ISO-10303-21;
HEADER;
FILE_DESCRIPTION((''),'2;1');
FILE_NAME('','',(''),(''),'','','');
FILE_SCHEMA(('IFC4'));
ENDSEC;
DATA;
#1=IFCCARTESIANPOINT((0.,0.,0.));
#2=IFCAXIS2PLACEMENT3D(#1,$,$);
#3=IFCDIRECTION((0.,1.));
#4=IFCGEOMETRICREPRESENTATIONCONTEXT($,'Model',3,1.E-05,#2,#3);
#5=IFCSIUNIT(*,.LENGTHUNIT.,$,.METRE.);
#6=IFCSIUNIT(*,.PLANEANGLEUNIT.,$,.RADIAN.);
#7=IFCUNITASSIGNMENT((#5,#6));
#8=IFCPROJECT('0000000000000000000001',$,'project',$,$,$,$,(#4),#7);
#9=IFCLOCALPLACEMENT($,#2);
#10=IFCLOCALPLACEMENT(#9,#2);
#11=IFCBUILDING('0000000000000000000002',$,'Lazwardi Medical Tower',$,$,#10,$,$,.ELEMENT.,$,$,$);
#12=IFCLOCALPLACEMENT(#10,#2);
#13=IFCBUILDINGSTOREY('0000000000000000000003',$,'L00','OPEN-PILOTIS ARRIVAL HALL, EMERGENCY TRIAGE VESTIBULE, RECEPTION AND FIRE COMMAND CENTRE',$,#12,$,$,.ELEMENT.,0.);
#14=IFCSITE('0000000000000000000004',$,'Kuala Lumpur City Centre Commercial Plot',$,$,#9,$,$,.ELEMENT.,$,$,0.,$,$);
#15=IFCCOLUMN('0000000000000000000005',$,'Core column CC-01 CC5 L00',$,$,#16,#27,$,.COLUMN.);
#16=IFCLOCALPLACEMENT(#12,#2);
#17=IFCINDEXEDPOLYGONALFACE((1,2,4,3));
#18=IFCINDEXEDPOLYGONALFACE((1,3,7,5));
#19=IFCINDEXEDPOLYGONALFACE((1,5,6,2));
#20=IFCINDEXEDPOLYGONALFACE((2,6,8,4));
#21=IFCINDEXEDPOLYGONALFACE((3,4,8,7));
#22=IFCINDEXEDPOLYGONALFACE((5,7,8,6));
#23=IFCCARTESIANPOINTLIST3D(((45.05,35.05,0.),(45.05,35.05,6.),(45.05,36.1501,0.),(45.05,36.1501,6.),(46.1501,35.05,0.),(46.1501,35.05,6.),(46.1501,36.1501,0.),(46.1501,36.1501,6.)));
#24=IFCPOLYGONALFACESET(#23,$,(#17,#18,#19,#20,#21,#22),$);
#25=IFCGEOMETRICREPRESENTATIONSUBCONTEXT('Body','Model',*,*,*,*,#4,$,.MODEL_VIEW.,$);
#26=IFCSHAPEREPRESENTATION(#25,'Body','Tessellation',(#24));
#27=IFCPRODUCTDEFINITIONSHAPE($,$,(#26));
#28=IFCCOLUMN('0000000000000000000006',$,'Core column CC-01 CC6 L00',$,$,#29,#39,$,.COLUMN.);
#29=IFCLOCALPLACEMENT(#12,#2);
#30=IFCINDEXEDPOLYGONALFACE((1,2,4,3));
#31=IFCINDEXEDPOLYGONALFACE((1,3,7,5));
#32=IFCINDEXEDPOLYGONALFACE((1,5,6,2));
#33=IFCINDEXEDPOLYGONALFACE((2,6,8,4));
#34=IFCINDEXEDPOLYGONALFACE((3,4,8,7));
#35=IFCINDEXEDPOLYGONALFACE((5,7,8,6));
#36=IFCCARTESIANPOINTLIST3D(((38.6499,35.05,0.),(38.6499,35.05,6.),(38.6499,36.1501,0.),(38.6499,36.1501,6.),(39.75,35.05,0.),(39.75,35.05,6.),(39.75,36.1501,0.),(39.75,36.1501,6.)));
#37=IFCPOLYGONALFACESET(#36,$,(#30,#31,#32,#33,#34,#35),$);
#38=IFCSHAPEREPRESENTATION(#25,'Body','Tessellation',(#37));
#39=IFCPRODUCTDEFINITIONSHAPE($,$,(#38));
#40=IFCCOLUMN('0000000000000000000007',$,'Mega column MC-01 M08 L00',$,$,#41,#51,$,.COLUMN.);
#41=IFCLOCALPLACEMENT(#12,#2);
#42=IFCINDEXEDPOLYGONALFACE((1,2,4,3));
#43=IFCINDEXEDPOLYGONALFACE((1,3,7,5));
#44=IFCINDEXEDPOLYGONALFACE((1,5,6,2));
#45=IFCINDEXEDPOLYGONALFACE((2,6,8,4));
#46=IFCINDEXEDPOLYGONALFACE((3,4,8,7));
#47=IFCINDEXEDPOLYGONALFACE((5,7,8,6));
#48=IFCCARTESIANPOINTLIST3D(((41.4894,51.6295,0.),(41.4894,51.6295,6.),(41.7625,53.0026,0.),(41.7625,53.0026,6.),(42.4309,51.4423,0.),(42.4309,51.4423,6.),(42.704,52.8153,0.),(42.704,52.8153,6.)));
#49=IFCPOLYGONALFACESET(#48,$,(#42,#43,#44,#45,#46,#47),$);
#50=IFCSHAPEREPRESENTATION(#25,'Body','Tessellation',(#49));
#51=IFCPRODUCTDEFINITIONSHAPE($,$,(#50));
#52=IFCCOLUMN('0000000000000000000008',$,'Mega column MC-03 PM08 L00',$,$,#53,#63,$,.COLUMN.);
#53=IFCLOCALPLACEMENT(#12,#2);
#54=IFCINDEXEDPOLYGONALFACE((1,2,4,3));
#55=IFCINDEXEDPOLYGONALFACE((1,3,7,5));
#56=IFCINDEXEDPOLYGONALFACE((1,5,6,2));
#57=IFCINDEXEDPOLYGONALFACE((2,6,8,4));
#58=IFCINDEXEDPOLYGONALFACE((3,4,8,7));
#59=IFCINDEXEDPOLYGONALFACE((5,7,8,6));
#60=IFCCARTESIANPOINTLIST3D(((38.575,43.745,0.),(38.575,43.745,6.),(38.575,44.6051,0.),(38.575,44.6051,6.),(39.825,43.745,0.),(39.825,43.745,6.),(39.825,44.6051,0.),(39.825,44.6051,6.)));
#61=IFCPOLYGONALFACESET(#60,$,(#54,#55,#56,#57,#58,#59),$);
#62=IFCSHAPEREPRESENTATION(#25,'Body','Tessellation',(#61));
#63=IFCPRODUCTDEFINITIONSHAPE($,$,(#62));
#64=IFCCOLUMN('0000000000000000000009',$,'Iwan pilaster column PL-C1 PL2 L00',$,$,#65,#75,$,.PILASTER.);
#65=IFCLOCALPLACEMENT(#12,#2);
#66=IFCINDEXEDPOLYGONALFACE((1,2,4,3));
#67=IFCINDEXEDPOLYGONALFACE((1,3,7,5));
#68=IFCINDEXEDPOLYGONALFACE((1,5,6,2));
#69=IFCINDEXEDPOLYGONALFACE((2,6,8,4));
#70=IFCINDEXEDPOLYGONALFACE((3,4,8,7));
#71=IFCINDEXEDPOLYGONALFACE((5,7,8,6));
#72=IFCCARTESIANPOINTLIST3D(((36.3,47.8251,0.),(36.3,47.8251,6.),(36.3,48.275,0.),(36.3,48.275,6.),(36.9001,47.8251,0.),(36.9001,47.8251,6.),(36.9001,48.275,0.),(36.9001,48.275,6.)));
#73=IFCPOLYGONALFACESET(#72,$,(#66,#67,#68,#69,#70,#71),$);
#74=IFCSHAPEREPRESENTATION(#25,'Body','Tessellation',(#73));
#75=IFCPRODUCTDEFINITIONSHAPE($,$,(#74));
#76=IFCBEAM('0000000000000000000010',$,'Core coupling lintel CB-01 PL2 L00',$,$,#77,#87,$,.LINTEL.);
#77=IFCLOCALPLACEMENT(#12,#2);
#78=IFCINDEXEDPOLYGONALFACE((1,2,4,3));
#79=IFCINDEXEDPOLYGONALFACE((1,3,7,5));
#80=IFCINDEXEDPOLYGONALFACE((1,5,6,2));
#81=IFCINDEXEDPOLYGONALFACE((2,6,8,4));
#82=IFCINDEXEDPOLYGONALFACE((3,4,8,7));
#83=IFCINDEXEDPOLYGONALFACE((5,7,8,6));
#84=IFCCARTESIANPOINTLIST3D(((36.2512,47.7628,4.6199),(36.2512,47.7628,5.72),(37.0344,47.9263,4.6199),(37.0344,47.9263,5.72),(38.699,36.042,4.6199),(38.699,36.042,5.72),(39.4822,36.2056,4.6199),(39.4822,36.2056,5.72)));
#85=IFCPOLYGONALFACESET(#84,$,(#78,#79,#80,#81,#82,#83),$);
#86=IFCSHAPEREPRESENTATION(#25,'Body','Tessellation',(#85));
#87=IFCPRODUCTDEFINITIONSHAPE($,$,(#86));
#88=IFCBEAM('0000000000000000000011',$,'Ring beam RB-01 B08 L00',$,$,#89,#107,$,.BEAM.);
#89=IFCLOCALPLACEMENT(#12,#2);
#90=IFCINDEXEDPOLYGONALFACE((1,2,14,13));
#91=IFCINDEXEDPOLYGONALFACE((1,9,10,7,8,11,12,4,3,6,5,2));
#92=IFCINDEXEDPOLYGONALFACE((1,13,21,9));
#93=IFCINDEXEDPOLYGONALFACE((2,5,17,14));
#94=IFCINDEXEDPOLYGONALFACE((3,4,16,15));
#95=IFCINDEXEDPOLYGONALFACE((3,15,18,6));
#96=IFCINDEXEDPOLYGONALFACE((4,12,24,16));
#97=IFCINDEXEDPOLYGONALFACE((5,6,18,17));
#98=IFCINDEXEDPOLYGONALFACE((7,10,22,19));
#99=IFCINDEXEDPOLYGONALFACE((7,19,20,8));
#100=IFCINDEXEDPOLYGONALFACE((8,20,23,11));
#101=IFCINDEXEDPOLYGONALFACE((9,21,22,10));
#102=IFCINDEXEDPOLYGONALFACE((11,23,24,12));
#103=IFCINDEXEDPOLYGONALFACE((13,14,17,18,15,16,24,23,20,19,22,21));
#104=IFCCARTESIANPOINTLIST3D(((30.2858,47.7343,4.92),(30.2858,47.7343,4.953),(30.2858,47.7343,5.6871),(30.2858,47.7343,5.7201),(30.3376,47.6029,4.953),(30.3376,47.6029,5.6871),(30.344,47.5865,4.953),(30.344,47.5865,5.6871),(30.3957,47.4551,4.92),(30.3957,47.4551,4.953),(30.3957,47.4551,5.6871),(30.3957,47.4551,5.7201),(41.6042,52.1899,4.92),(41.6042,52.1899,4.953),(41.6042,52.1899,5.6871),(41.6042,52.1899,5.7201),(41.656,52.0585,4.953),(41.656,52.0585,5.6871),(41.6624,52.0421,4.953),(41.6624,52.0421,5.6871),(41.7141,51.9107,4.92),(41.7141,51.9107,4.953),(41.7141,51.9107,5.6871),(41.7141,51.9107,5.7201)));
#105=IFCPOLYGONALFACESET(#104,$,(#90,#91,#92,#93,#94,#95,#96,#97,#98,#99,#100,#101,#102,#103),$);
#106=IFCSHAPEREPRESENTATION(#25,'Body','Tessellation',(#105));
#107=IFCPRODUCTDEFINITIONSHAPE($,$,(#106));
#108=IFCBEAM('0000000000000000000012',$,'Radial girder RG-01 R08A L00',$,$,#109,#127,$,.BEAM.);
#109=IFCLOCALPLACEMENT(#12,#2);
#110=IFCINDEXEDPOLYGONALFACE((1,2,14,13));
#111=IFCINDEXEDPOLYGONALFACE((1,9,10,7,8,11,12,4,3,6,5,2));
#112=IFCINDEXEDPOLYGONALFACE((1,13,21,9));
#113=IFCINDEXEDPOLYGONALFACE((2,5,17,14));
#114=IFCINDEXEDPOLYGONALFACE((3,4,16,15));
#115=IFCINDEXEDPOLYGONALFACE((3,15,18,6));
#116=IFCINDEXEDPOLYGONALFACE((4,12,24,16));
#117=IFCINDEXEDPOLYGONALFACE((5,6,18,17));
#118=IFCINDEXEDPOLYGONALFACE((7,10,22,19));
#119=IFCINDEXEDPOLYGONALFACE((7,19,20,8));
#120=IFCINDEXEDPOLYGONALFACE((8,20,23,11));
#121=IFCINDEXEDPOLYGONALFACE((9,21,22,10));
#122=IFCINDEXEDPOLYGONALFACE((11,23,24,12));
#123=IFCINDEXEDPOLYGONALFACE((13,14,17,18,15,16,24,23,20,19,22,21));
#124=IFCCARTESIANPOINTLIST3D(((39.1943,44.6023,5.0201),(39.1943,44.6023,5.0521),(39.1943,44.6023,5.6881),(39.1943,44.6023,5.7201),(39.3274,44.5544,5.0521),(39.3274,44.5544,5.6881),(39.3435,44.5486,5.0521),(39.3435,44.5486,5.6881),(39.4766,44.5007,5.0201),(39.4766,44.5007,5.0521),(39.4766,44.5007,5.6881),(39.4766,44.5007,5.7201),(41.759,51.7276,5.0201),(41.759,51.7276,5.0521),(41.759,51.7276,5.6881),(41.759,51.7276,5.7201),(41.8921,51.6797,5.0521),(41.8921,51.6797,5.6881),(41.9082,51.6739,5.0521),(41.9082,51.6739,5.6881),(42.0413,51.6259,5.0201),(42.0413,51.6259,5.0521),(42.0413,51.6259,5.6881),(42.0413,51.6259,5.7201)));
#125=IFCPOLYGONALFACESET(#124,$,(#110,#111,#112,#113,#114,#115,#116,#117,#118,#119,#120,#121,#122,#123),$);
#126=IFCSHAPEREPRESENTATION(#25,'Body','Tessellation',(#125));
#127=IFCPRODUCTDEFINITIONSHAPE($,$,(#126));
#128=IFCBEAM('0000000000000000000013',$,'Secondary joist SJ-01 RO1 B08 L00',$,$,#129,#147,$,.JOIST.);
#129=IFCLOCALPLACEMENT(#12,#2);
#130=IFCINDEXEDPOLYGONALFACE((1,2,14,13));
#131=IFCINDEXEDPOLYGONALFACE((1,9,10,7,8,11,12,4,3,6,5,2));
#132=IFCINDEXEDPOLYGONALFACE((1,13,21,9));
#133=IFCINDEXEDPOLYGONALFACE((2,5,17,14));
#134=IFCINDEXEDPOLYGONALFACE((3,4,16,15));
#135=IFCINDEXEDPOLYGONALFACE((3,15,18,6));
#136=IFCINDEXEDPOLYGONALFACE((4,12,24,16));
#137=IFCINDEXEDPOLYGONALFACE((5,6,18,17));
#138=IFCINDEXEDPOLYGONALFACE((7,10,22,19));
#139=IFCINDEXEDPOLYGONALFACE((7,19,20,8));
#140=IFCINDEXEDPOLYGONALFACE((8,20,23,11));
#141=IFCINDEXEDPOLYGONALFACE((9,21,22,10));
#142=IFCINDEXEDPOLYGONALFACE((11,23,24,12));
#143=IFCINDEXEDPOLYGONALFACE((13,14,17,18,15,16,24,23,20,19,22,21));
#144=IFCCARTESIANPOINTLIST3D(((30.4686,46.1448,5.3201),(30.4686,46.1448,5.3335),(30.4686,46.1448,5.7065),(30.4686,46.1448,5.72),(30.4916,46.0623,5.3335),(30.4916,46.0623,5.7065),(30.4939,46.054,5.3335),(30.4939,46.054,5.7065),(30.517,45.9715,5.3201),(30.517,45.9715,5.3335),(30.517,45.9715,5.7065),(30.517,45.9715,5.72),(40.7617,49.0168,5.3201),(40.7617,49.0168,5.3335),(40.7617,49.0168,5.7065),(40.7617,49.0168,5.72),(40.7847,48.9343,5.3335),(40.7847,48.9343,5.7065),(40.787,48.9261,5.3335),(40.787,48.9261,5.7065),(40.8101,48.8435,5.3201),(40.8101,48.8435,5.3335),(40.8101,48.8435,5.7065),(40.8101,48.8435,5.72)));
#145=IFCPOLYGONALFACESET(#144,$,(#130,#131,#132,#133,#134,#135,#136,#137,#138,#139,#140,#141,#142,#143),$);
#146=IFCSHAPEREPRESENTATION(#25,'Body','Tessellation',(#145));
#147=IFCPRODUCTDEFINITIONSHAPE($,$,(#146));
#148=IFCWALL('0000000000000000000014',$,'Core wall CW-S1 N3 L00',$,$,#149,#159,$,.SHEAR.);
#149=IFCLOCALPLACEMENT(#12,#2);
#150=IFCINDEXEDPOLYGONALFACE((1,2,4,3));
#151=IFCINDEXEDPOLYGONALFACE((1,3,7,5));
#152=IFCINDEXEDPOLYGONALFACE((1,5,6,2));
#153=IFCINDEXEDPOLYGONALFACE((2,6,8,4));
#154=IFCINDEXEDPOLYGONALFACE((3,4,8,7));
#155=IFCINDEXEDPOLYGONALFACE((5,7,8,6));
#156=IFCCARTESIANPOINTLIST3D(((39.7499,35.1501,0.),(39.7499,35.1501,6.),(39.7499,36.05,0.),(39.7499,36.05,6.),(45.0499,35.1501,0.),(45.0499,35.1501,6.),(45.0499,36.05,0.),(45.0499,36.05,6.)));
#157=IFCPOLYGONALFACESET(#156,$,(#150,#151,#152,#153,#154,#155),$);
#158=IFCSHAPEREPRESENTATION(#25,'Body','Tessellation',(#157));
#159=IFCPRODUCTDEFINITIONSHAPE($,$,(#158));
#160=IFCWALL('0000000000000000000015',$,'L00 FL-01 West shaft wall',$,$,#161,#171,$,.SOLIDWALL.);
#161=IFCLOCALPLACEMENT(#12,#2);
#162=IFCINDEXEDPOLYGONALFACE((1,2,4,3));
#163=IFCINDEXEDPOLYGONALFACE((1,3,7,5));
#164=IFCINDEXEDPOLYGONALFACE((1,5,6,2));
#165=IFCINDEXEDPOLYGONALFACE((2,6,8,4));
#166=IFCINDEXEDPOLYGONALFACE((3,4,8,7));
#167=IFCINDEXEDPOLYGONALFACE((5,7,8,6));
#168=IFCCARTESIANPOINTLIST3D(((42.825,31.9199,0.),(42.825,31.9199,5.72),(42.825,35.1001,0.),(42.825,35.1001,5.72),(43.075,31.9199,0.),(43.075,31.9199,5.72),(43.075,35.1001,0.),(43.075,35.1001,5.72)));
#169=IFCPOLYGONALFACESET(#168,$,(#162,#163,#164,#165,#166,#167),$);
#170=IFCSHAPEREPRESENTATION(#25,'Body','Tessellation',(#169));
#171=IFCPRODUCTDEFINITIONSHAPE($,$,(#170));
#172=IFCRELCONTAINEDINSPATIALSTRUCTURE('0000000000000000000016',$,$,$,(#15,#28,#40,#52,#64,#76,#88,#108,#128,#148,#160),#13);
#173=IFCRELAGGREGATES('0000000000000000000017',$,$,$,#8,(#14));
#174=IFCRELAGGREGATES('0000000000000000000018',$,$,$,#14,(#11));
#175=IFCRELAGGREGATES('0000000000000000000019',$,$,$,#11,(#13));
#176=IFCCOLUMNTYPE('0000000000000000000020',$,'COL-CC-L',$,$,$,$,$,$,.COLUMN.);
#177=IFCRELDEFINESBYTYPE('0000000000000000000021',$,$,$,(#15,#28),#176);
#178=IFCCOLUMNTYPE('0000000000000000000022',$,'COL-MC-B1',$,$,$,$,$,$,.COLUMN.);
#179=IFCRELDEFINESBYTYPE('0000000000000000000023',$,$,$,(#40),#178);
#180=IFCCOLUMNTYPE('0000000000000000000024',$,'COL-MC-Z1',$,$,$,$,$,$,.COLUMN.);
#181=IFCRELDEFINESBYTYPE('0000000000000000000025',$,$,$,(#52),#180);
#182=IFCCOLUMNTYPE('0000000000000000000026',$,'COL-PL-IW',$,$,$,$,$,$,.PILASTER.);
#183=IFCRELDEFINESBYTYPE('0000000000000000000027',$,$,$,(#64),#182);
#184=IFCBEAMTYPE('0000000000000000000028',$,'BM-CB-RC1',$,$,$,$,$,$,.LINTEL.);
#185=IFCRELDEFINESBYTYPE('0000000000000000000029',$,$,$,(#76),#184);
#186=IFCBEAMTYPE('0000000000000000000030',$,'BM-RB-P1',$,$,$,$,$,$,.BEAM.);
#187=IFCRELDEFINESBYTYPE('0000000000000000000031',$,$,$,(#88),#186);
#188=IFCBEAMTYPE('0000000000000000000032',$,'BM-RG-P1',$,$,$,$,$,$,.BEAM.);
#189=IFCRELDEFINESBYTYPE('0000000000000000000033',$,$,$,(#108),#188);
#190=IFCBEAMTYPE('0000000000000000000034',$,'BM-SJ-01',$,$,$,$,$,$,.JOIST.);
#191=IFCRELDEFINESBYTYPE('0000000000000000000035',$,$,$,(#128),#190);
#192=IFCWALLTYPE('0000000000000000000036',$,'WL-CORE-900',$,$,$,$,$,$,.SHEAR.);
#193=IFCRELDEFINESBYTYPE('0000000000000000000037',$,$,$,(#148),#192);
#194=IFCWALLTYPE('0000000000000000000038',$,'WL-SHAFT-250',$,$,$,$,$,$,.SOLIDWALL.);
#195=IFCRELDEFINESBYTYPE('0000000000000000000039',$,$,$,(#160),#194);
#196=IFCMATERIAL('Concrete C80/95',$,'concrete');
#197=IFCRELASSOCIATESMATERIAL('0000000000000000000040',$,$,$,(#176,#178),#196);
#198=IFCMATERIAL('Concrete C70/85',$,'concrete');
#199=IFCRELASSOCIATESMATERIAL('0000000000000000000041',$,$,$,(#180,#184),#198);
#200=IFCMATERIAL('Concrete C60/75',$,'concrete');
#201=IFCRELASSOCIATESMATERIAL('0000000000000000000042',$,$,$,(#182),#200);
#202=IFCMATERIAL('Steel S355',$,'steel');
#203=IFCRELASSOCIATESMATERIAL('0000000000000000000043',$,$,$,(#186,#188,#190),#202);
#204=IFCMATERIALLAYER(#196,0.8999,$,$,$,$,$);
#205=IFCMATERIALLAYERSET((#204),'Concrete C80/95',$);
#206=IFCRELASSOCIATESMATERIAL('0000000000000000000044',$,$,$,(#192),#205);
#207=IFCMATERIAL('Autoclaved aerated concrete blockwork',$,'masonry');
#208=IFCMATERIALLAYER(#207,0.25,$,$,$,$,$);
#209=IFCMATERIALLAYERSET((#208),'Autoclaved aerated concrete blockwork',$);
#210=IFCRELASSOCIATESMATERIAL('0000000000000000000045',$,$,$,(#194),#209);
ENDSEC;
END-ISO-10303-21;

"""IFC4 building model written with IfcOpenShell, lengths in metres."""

from ifc_helpers import new_model, si_unit, direction, frame, frame_2d, origin, origin_2d, place, context, subcontext, project, spatial, rectangle, i_section, extrude, material, layer, layer_set, material_profile, profile_set, type_object, element, save


model = new_model("IFC4")

# Units and contexts
model_context = context("Model", 3, precision=1e-05, world=origin(), true_north=direction((0.0, 1.0)))
body_context = subcontext(model_context, "Body", "Model", "MODEL_VIEW")
ifc_project = project(units=[si_unit("LENGTHUNIT", "METRE"), si_unit("PLANEANGLEUNIT", "RADIAN")], contexts=[model_context])

# Site, building, storey
site_placement = place(None, origin())
site = spatial("IfcSite", under=ifc_project, at=site_placement, Name="Kuala Lumpur City Centre Commercial Plot", CompositionType="ELEMENT", RefElevation=0.0)
building_placement = place(site_placement, origin())
building = spatial("IfcBuilding", under=site, at=building_placement, Name="Lazwardi Medical Tower", CompositionType="ELEMENT")
storey_placement = place(building_placement, origin())
storey = spatial("IfcBuildingStorey", under=building, at=storey_placement, Name="L00", Description="OPEN-PILOTIS ARRIVAL HALL, EMERGENCY TRIAGE VESTIBULE, RECEPTION AND FIRE COMMAND CENTRE", CompositionType="ELEMENT", Elevation=0.0)

# Columns
ifc_material_1 = material(Name="Concrete C80/95", Category="concrete")
ifc_material_profile_1 = material_profile(ifc_material_1, rectangle(XDim=1.1001, YDim=1.1001, at=origin_2d()), Name="RC 1100x1100")
ifc_profile_set_1 = profile_set([ifc_material_profile_1], Name="Concrete C80/95")
column_type_1 = type_object("IfcColumnType", Name="COL-CC-L", PredefinedType="COLUMN", material=ifc_profile_set_1)
for number, where, z_axis, x_axis, name in (
    (1, (45.6001, 35.6001, 0.0), (0.0, 0.0, 1.0), (1.0, 0.0, 0.0), "Core column CC-01 CC5 L00"),
    (2, (39.2, 35.6001, 0.0), (0.0, 0.0, 1.0), (1.0, 0.0, 0.0), "Core column CC-01 CC6 L00"),
):
    element("IfcColumn", number, at=place(storey_placement, frame(where, z_axis=z_axis, x_axis=x_axis)), inside=storey, type_object=column_type_1, Name=name, PredefinedType="COLUMN", context=body_context, shape_type="SweptSolid", body=[
        extrude(rectangle(XDim=1.1001, YDim=1.1001, at=origin_2d()), origin(), (0.0, 0.0, 1.0), 6.0),
    ])
ifc_material_profile_2 = material_profile(ifc_material_1, rectangle(XDim=1.3999, YDim=0.96, at=origin_2d()), Name="CFT-RECT 1400x960")
ifc_profile_set_2 = profile_set([ifc_material_profile_2], Name="Concrete C80/95")
column_type_2 = type_object("IfcColumnType", Name="COL-MC-B1", PredefinedType="COLUMN", material=ifc_profile_set_2)
column_1_placement = place(storey_placement, frame((42.0967, 52.2224, 0.0), z_axis=(0.0, 0.0, 1.0), x_axis=(0.19509, 0.980785, 0.0)))
element("IfcColumn", 3, at=column_1_placement, inside=storey, type_object=column_type_2, Name="Mega column MC-01 M08 L00", PredefinedType="COLUMN", context=body_context, shape_type="SweptSolid", body=[
    extrude(rectangle(XDim=1.3999, YDim=0.96, at=origin_2d()), origin(), (0.0, 0.0, 1.0), 6.0),
])
ifc_material_2 = material(Name="Concrete C70/85", Category="concrete")
ifc_material_profile_3 = material_profile(ifc_material_2, rectangle(XDim=1.25, YDim=0.8601, at=origin_2d()), Name="CFT-RECT 1250x860")
ifc_profile_set_3 = profile_set([ifc_material_profile_3], Name="Concrete C70/85")
column_type_3 = type_object("IfcColumnType", Name="COL-MC-Z1", PredefinedType="COLUMN", material=ifc_profile_set_3)
column_2_placement = place(storey_placement, frame((39.2, 44.175, 0.0), z_axis=(0.0, 0.0, 1.0), x_axis=(1.0, 0.0, 0.0)))
element("IfcColumn", 4, at=column_2_placement, inside=storey, type_object=column_type_3, Name="Mega column MC-03 PM08 L00", PredefinedType="COLUMN", context=body_context, shape_type="SweptSolid", body=[
    extrude(rectangle(XDim=1.25, YDim=0.8601, at=origin_2d()), origin(), (0.0, 0.0, 1.0), 6.0),
])
ifc_material_3 = material(Name="Concrete C60/75", Category="concrete")
ifc_material_profile_4 = material_profile(ifc_material_3, rectangle(XDim=0.6001, YDim=0.45, at=origin_2d()), Name="RC 600x450")
ifc_profile_set_4 = profile_set([ifc_material_profile_4], Name="Concrete C60/75")
column_type_4 = type_object("IfcColumnType", Name="COL-PL-IW", PredefinedType="PILASTER", material=ifc_profile_set_4)
column_3_placement = place(storey_placement, frame((36.6001, 48.05, 0.0), z_axis=(0.0, 0.0, 1.0), x_axis=(1.0, 0.0, 0.0)))
element("IfcColumn", 5, at=column_3_placement, inside=storey, type_object=column_type_4, Name="Iwan pilaster column PL-C1 PL2 L00", PredefinedType="PILASTER", context=body_context, shape_type="SweptSolid", body=[
    extrude(rectangle(XDim=0.6001, YDim=0.45, at=origin_2d()), origin(), (0.0, 0.0, 1.0), 6.0),
])

# Beams
ifc_material_profile_5 = material_profile(ifc_material_2, rectangle(XDim=0.8, YDim=1.1001, at=origin_2d()), Name="RC 800x1100")
ifc_profile_set_5 = profile_set([ifc_material_profile_5], Name="Concrete C70/85")
beam_type_1 = type_object("IfcBeamType", Name="BM-CB-RC1", PredefinedType="LINTEL", material=ifc_profile_set_5)
beam_1_placement = place(storey_placement, frame((39.0906, 36.1238, 5.1699), z_axis=(-0.20443, 0.978881, 0.0), x_axis=(-0.978881, -0.20443, 0.0)))
element("IfcBeam", 6, at=beam_1_placement, inside=storey, type_object=beam_type_1, Name="Core coupling lintel CB-01 PL2 L00", PredefinedType="LINTEL", context=body_context, shape_type="SweptSolid", body=[
    extrude(rectangle(XDim=0.8, YDim=1.1001, at=origin_2d()), origin(), (0.0, 0.0, 1.0), 11.9736),
])
ifc_material_4 = material(Name="Steel S355", Category="steel")
ifc_material_profile_6 = material_profile(ifc_material_4, i_section(OverallWidth=0.3, OverallDepth=0.8, WebThickness=0.0176, FlangeThickness=0.033, at=origin_2d()), Name="HEB 800")
ifc_profile_set_6 = profile_set([ifc_material_profile_6], Name="Steel S355")
beam_type_2 = type_object("IfcBeamType", Name="BM-RB-P1", PredefinedType="BEAM", material=ifc_profile_set_6)
beam_2_placement = place(storey_placement, frame((41.6592, 52.0503, 5.3201), z_axis=(-0.930498, -0.366298, 0.0), x_axis=(0.366298, -0.930498, 0.0)))
element("IfcBeam", 7, at=beam_2_placement, inside=storey, type_object=beam_type_2, Name="Ring beam RB-01 B08 L00", PredefinedType="BEAM", context=body_context, shape_type="SweptSolid", body=[
    extrude(i_section(OverallWidth=0.3, OverallDepth=0.8, WebThickness=0.0176, FlangeThickness=0.033, at=origin_2d()), origin(), (0.0, 0.0, 1.0), 12.1638),
])
ifc_material_profile_7 = material_profile(ifc_material_4, i_section(OverallWidth=0.3, OverallDepth=0.7, WebThickness=0.0171, FlangeThickness=0.032, at=origin_2d()), Name="HEB 700")
ifc_profile_set_7 = profile_set([ifc_material_profile_7], Name="Steel S355")
beam_type_3 = type_object("IfcBeamType", Name="BM-RG-P1", PredefinedType="BEAM", material=ifc_profile_set_7)
beam_3_placement = place(storey_placement, frame((41.9001, 51.6768, 5.3701), z_axis=(-0.338674, -0.940904, 0.0), x_axis=(0.940904, -0.338674, 0.0)))
element("IfcBeam", 8, at=beam_3_placement, inside=storey, type_object=beam_type_3, Name="Radial girder RG-01 R08A L00", PredefinedType="BEAM", context=body_context, shape_type="SweptSolid", body=[
    extrude(i_section(OverallWidth=0.3, OverallDepth=0.7, WebThickness=0.0171, FlangeThickness=0.032, at=origin_2d()), origin(), (0.0, 0.0, 1.0), 7.5728),
])
ifc_material_profile_8 = material_profile(ifc_material_4, i_section(OverallWidth=0.1799, OverallDepth=0.3999, WebThickness=0.0085, FlangeThickness=0.0134, at=origin_2d()), Name="IPE 400")
ifc_profile_set_8 = profile_set([ifc_material_profile_8], Name="Steel S355")
beam_type_4 = type_object("IfcBeamType", Name="BM-SJ-01", PredefinedType="JOIST", material=ifc_profile_set_8)
beam_4_placement = place(storey_placement, frame((40.7859, 48.9302, 5.52), z_axis=(-0.963207, -0.26876, 0.0), x_axis=(0.26876, -0.963207, 0.0)))
element("IfcBeam", 9, at=beam_4_placement, inside=storey, type_object=beam_type_4, Name="Secondary joist SJ-01 RO1 B08 L00", PredefinedType="JOIST", context=body_context, shape_type="SweptSolid", body=[
    extrude(i_section(OverallWidth=0.1799, OverallDepth=0.3999, WebThickness=0.0085, FlangeThickness=0.0134, at=origin_2d()), origin(), (0.0, 0.0, 1.0), 10.6863),
])

# Walls
ifc_layer_1 = layer(ifc_material_1, 0.8999)
ifc_layer_set_1 = layer_set([ifc_layer_1], Name="Concrete C80/95")
wall_type_1 = type_object("IfcWallType", Name="WL-CORE-900", PredefinedType="SHEAR", material=ifc_layer_set_1)
wall_1_placement = place(storey_placement, frame((39.75, 35.6001, 0.0), z_axis=(0.0, 0.0, 1.0), x_axis=(1.0, 0.0, 0.0)))
element("IfcWall", 10, at=wall_1_placement, inside=storey, type_object=wall_type_1, Name="Core wall CW-S1 N3 L00", PredefinedType="SHEAR", context=body_context, shape_type="SweptSolid", body=[
    extrude(rectangle(XDim=5.3, YDim=0.8999, at=frame_2d((2.6499, 0.0))), origin(), (0.0, 0.0, 1.0), 6.0),
])
ifc_material_5 = material(Name="Autoclaved aerated concrete blockwork", Category="masonry")
ifc_layer_2 = layer(ifc_material_5, 0.25)
ifc_layer_set_2 = layer_set([ifc_layer_2], Name="Autoclaved aerated concrete blockwork")
wall_type_2 = type_object("IfcWallType", Name="WL-SHAFT-250", PredefinedType="SOLIDWALL", material=ifc_layer_set_2)
wall_2_placement = place(storey_placement, frame((42.95, 31.9199, 0.0), z_axis=(0.0, 0.0, 1.0), x_axis=(0.0, 1.0, 0.0)))
element("IfcWall", 11, at=wall_2_placement, inside=storey, type_object=wall_type_2, Name="L00 FL-01 West shaft wall", PredefinedType="SOLIDWALL", context=body_context, shape_type="SweptSolid", body=[
    extrude(rectangle(XDim=3.1802, YDim=0.25, at=frame_2d((1.5901, 0.0))), origin(), (0.0, 0.0, 1.0), 5.72),
])

save(model, "model.ifc")
